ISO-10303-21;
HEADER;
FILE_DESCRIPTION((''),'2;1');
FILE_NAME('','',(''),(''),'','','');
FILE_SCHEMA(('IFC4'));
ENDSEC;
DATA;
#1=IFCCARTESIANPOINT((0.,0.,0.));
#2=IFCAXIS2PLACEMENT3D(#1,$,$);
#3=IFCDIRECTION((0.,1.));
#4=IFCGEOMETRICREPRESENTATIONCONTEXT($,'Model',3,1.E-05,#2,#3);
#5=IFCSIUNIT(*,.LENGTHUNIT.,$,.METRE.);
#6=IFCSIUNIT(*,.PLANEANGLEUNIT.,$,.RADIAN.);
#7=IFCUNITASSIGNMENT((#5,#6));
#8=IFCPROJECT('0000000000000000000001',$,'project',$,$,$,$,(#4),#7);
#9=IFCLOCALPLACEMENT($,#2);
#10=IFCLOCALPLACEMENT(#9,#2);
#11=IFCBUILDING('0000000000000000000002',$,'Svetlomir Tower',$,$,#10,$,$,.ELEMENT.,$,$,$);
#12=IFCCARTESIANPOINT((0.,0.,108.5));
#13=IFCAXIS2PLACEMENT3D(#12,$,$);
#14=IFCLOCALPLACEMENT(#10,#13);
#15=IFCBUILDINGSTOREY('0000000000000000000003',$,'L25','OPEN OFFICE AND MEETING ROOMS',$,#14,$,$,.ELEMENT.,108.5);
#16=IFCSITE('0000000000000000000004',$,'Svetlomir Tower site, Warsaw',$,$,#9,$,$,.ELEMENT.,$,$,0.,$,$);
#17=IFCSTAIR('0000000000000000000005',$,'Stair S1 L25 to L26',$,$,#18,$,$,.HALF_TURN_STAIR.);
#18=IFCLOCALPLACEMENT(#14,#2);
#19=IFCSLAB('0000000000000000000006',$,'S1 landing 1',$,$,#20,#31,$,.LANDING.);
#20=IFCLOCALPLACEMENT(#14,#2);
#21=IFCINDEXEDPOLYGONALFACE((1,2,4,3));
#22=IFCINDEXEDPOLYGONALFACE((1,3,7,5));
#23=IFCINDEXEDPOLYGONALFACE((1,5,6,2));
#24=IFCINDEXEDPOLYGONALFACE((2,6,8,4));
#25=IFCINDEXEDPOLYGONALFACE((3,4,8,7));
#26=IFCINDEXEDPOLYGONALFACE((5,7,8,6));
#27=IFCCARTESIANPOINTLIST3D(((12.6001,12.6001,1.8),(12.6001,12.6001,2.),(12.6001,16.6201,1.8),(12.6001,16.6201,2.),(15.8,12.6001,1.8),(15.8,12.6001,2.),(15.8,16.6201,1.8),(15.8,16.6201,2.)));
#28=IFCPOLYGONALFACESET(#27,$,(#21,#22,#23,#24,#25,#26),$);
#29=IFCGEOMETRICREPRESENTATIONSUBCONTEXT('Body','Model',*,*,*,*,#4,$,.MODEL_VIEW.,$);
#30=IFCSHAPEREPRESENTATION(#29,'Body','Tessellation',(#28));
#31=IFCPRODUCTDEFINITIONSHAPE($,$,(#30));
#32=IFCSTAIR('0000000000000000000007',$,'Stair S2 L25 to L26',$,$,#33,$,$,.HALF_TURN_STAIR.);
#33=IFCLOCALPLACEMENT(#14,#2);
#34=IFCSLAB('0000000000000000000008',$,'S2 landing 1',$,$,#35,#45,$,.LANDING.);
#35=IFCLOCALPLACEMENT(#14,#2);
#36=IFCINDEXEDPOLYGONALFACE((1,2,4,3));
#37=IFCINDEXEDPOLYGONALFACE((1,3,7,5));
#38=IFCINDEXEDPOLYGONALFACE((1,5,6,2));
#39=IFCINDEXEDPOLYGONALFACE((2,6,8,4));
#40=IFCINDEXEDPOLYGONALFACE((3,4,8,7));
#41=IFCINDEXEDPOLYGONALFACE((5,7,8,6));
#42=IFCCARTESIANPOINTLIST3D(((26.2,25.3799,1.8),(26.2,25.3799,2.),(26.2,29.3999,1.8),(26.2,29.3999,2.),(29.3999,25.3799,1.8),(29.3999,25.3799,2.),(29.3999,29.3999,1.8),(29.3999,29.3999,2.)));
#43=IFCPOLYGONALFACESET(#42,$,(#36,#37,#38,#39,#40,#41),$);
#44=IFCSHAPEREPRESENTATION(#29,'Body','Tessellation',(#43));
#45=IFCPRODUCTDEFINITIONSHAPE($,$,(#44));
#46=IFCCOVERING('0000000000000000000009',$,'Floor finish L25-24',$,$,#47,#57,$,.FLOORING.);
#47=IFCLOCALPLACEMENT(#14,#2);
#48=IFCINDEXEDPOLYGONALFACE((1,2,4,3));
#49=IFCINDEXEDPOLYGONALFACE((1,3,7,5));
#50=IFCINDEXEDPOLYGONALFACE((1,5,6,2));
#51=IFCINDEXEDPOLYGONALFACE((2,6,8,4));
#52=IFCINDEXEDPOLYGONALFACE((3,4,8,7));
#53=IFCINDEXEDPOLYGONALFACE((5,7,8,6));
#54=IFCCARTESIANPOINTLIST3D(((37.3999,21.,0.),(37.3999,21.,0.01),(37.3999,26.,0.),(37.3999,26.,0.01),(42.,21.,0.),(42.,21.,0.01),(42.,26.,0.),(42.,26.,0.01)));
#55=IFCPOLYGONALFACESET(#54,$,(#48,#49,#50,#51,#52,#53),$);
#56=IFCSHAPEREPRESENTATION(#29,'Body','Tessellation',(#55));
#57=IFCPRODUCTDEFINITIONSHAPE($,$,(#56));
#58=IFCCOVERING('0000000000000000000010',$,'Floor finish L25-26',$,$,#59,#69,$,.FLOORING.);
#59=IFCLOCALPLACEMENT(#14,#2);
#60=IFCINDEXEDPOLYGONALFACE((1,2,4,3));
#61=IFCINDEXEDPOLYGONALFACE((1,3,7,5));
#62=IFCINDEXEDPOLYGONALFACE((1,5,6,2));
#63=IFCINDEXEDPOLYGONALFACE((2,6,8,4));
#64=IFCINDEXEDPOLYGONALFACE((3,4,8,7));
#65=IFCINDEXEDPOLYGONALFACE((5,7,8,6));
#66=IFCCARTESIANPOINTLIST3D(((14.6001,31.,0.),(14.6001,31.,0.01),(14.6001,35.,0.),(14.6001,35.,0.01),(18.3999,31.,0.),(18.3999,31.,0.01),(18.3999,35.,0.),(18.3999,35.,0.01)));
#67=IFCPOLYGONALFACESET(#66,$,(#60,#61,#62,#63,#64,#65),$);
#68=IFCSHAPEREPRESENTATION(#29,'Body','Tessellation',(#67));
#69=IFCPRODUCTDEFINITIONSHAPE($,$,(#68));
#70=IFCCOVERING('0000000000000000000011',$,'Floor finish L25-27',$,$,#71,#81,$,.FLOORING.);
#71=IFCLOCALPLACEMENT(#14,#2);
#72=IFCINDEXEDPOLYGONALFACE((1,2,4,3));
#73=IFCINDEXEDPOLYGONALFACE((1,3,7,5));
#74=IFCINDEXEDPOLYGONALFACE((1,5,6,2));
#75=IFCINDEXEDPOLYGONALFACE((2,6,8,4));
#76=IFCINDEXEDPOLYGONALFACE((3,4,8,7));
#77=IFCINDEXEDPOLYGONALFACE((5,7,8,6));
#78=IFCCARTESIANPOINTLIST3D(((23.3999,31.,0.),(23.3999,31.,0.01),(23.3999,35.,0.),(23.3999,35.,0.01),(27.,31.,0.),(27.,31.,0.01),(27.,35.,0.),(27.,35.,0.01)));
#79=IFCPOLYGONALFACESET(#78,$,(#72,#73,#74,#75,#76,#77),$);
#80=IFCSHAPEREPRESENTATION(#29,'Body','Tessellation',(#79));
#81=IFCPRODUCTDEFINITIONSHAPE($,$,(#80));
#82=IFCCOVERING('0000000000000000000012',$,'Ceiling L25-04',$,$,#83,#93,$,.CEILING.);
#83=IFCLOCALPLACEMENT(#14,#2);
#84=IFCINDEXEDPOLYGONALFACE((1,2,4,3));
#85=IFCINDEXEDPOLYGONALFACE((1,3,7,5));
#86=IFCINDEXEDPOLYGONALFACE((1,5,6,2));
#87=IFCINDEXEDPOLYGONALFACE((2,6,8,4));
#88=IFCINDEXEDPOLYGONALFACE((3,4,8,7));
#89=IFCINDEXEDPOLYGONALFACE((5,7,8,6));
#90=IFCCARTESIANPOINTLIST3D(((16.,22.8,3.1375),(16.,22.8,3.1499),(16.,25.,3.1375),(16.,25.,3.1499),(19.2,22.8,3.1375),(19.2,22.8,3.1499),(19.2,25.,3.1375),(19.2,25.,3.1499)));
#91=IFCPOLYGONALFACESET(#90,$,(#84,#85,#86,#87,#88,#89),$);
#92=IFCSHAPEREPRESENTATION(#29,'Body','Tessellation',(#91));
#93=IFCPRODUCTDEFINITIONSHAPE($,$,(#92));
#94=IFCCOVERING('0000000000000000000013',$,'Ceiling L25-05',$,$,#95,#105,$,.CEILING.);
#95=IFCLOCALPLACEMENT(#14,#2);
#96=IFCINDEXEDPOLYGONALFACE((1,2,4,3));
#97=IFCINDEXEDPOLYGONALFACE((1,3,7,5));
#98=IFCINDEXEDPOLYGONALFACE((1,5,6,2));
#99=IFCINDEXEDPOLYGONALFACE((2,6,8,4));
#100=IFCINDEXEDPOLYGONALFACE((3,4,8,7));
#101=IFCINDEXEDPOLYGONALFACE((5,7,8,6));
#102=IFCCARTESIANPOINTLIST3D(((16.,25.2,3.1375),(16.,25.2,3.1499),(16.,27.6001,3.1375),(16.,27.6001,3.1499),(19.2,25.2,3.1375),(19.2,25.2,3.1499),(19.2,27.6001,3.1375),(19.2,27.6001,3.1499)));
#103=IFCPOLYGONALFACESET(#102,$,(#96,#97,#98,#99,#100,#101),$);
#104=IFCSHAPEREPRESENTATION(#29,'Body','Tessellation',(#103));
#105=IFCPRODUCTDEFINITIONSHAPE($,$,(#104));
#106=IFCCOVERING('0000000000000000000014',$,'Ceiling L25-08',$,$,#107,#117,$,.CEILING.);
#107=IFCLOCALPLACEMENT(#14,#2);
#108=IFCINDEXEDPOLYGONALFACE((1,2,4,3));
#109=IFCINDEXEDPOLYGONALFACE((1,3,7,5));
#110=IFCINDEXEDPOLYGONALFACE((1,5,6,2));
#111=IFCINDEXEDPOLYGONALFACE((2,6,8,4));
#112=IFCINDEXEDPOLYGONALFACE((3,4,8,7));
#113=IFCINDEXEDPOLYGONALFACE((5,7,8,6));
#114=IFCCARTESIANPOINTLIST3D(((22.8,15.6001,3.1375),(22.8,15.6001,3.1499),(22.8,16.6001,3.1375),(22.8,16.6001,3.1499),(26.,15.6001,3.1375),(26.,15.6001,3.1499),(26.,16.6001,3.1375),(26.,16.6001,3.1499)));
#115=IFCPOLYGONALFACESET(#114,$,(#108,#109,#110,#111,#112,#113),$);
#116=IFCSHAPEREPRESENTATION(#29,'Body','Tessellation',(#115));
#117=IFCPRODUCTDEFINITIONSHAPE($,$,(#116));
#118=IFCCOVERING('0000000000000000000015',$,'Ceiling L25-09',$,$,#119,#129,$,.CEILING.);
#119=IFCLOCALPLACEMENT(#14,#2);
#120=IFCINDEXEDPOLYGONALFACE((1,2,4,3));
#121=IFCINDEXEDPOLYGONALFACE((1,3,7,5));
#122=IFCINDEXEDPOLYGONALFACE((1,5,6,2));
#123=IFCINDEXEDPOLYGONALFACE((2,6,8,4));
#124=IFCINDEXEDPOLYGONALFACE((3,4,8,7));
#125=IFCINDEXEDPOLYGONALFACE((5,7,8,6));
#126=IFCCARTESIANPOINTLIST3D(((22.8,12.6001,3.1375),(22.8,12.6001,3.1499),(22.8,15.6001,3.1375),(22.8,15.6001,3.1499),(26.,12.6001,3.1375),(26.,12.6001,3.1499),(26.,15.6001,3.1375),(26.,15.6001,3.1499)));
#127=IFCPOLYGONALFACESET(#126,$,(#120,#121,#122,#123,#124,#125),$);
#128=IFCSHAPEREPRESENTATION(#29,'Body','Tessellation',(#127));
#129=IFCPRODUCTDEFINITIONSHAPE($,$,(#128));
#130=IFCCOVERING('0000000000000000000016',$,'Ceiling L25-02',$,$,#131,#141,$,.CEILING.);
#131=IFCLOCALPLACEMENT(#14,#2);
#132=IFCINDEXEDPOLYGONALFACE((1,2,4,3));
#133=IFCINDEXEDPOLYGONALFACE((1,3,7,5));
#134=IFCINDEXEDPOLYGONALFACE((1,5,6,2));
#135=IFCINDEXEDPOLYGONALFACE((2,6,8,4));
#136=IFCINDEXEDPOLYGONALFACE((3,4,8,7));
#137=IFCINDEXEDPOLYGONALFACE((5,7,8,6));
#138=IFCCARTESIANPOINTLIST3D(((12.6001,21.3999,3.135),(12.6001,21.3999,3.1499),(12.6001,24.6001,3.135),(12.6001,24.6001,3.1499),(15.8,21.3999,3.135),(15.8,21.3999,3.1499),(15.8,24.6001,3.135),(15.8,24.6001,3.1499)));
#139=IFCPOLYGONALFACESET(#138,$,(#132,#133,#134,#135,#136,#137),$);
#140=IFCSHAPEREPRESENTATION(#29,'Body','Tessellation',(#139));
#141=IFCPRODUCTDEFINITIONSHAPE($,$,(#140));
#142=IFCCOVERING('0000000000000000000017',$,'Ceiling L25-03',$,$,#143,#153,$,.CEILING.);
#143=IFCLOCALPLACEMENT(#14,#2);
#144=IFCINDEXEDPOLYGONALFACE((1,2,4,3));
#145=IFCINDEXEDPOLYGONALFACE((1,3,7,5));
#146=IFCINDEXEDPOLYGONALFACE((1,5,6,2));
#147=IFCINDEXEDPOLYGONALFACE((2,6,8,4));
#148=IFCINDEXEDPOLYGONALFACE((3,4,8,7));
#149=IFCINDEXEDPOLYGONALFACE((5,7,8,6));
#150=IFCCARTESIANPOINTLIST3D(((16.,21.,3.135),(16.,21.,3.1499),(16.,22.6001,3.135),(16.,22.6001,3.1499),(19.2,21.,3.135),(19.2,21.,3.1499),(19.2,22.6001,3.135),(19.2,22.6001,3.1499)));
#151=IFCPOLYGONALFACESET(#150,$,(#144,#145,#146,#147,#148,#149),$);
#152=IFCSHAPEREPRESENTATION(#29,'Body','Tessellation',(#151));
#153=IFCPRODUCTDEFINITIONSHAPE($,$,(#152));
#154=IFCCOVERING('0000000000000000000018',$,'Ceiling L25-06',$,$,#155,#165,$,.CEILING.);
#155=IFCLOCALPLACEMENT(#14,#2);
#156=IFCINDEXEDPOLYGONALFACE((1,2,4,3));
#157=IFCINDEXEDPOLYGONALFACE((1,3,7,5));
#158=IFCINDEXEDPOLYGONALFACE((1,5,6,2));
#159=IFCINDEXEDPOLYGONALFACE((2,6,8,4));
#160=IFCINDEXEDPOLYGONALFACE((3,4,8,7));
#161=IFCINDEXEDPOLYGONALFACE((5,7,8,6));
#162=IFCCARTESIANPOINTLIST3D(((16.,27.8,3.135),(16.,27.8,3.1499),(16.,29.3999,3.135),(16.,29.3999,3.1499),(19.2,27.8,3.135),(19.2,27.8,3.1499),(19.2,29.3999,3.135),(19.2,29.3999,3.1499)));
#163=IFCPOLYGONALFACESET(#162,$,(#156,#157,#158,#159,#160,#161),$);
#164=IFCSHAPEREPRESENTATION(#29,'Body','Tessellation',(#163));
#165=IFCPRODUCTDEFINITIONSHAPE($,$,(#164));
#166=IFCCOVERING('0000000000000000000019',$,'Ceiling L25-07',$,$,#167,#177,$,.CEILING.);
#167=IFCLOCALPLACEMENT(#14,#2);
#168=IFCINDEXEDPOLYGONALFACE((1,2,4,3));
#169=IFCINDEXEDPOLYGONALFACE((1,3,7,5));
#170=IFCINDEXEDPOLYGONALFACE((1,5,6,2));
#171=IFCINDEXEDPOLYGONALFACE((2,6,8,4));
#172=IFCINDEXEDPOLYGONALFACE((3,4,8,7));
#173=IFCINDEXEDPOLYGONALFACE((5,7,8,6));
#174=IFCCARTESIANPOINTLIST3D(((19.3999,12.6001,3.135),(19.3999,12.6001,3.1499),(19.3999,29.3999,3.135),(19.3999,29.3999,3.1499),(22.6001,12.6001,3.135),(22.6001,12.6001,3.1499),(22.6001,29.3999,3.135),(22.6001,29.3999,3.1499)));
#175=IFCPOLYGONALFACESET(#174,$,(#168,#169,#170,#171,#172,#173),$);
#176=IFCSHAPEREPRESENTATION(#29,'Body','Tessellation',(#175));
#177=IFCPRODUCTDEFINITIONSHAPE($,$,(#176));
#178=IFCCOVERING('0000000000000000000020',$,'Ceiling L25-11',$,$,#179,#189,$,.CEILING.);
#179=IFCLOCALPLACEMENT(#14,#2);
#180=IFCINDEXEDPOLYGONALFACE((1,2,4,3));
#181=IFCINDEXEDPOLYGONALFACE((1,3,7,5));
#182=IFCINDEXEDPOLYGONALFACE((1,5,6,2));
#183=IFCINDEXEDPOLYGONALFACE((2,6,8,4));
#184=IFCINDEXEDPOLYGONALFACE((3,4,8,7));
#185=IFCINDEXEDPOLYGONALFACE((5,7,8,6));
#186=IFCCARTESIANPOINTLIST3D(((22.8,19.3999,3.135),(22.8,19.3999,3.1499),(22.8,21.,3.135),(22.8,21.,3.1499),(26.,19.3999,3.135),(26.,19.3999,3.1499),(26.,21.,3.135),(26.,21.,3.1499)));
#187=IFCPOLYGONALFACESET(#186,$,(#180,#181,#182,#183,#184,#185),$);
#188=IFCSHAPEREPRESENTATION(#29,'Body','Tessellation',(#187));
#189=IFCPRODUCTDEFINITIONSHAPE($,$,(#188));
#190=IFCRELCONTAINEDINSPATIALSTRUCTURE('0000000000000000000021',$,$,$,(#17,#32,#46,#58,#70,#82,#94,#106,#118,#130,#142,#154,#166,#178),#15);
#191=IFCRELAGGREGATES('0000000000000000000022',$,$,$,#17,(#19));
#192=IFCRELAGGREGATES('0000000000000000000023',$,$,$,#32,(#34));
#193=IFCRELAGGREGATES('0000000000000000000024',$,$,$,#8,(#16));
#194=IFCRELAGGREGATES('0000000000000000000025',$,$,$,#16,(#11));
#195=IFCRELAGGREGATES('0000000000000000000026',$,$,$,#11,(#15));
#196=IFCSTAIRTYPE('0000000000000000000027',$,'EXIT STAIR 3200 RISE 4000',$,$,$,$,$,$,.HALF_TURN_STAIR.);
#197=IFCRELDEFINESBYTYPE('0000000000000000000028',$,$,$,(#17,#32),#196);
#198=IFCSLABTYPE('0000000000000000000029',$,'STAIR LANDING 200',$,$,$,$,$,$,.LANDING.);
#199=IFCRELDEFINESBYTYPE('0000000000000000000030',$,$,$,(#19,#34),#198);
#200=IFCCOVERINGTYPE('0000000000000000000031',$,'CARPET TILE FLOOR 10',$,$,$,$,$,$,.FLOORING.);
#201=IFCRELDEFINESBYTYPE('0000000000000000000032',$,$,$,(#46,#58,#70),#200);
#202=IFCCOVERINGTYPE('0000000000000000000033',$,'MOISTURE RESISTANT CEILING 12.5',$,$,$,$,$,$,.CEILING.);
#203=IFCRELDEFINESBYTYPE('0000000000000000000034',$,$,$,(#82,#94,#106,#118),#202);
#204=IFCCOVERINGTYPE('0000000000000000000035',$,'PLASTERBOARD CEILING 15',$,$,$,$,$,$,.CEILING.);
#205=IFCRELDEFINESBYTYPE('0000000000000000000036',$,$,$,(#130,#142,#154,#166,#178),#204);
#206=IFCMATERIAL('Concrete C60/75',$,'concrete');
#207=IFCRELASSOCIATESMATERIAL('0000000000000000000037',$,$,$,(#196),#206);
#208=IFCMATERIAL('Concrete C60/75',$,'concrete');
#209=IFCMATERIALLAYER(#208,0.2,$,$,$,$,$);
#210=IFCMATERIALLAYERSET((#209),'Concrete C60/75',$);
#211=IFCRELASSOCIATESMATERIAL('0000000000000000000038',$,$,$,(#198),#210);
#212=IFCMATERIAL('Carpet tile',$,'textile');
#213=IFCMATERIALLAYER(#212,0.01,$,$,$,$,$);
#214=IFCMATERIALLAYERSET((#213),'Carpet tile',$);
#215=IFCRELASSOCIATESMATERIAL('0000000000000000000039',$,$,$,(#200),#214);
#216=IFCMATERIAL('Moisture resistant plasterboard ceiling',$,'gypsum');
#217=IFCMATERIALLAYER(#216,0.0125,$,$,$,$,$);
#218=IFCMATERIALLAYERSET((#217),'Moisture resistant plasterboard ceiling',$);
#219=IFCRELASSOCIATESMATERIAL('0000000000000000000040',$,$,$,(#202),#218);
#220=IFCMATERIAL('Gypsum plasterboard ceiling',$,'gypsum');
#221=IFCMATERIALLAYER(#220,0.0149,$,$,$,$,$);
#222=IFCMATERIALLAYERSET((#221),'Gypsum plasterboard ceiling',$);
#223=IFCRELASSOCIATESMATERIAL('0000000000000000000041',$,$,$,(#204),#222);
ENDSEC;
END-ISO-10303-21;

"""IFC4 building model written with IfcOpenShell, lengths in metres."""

from ifc_helpers import new_model, si_unit, direction, frame, origin, place, context, subcontext, project, spatial, polyline, outline, extrude, material, layer, layer_set, type_object, element, aggregate, save


model = new_model("IFC4")

# Units and contexts
model_context = context("Model", 3, precision=1e-05, world=origin(), true_north=direction((0.0, 1.0)))
body_context = subcontext(model_context, "Body", "Model", "MODEL_VIEW")
ifc_project = project(units=[si_unit("LENGTHUNIT", "METRE"), si_unit("PLANEANGLEUNIT", "RADIAN")], contexts=[model_context])

# Site, building, storey
site_placement = place(None, origin())
site = spatial("IfcSite", under=ifc_project, at=site_placement, Name="Svetlomir Tower site, Warsaw", CompositionType="ELEMENT", RefElevation=0.0)
building_placement = place(site_placement, origin())
building = spatial("IfcBuilding", under=site, at=building_placement, Name="Svetlomir Tower", CompositionType="ELEMENT")
storey_placement = place(building_placement, frame((0.0, 0.0, 108.5)))
storey = spatial("IfcBuildingStorey", under=building, at=storey_placement, Name="L25", Description="OPEN OFFICE AND MEETING ROOMS", CompositionType="ELEMENT", Elevation=108.5)

# Stairs, slabs
ifc_material_1 = material(Name="Concrete C60/75", Category="concrete")
stair_type = type_object("IfcStairType", Name="EXIT STAIR 3200 RISE 4000", PredefinedType="HALF_TURN_STAIR", material=ifc_material_1)
stair_1_placement = place(storey_placement, origin())
stair_1 = element("IfcStair", 1, at=stair_1_placement, inside=storey, type_object=stair_type, Name="Stair S1 L25 to L26", PredefinedType="HALF_TURN_STAIR")
ifc_material_2 = material(Name="Concrete C60/75", Category="concrete")
ifc_layer_1 = layer(ifc_material_2, 0.2)
ifc_layer_set_1 = layer_set([ifc_layer_1], Name="Concrete C60/75")
slab_type = type_object("IfcSlabType", Name="STAIR LANDING 200", PredefinedType="LANDING", material=ifc_layer_set_1)
slab_1_placement = place(storey_placement, frame((0.0, 0.0, 1.8)))
slab_1 = element("IfcSlab", 2, at=slab_1_placement, type_object=slab_type, Name="S1 landing 1", PredefinedType="LANDING", context=body_context, shape_type="SweptSolid", body=[
    extrude(outline(polyline([(12.6001, 12.6001), (15.8, 12.6001), (15.8, 16.6201), (12.6001, 16.6201), (12.6001, 12.6001)])), origin(), (0.0, 0.0, 1.0), 0.2),
])
aggregate(stair_1, [slab_1])
stair_2_placement = place(storey_placement, origin())
stair_2 = element("IfcStair", 3, at=stair_2_placement, inside=storey, type_object=stair_type, Name="Stair S2 L25 to L26", PredefinedType="HALF_TURN_STAIR")
slab_2_placement = place(storey_placement, frame((0.0, 0.0, 1.8)))
slab_2 = element("IfcSlab", 4, at=slab_2_placement, type_object=slab_type, Name="S2 landing 1", PredefinedType="LANDING", context=body_context, shape_type="SweptSolid", body=[
    extrude(outline(polyline([(26.2, 25.3799), (29.3999, 25.3799), (29.3999, 29.3999), (26.2, 29.3999), (26.2, 25.3799)])), origin(), (0.0, 0.0, 1.0), 0.2),
])
aggregate(stair_2, [slab_2])

# Coverings
ifc_material_3 = material(Name="Carpet tile", Category="textile")
ifc_layer_2 = layer(ifc_material_3, 0.01)
ifc_layer_set_2 = layer_set([ifc_layer_2], Name="Carpet tile")
covering_type_1 = type_object("IfcCoveringType", Name="CARPET TILE FLOOR 10", PredefinedType="FLOORING", material=ifc_layer_set_2)
covering_1_placement = place(storey_placement, origin())
element("IfcCovering", 5, at=covering_1_placement, inside=storey, type_object=covering_type_1, Name="Floor finish L25-24", PredefinedType="FLOORING", context=body_context, shape_type="SweptSolid", body=[
    extrude(outline(polyline([(37.3999, 21.0), (42.0, 21.0), (42.0, 26.0), (37.3999, 26.0), (37.3999, 21.0)])), origin(), (0.0, 0.0, 1.0), 0.01),
])
covering_2_placement = place(storey_placement, origin())
element("IfcCovering", 6, at=covering_2_placement, inside=storey, type_object=covering_type_1, Name="Floor finish L25-26", PredefinedType="FLOORING", context=body_context, shape_type="SweptSolid", body=[
    extrude(outline(polyline([(14.6001, 31.0), (18.3999, 31.0), (18.3999, 35.0), (14.6001, 35.0), (14.6001, 31.0)])), origin(), (0.0, 0.0, 1.0), 0.01),
])
covering_3_placement = place(storey_placement, origin())
element("IfcCovering", 7, at=covering_3_placement, inside=storey, type_object=covering_type_1, Name="Floor finish L25-27", PredefinedType="FLOORING", context=body_context, shape_type="SweptSolid", body=[
    extrude(outline(polyline([(23.3999, 31.0), (27.0, 31.0), (27.0, 35.0), (23.3999, 35.0), (23.3999, 31.0)])), origin(), (0.0, 0.0, 1.0), 0.01),
])
ifc_material_4 = material(Name="Moisture resistant plasterboard ceiling", Category="gypsum")
ifc_layer_3 = layer(ifc_material_4, 0.0125)
ifc_layer_set_3 = layer_set([ifc_layer_3], Name="Moisture resistant plasterboard ceiling")
covering_type_2 = type_object("IfcCoveringType", Name="MOISTURE RESISTANT CEILING 12.5", PredefinedType="CEILING", material=ifc_layer_set_3)
covering_4_placement = place(storey_placement, frame((0.0, 0.0, 3.1375)))
element("IfcCovering", 8, at=covering_4_placement, inside=storey, type_object=covering_type_2, Name="Ceiling L25-04", PredefinedType="CEILING", context=body_context, shape_type="SweptSolid", body=[
    extrude(outline(polyline([(16.0, 22.8), (19.2, 22.8), (19.2, 25.0), (16.0, 25.0), (16.0, 22.8)])), origin(), (0.0, 0.0, 1.0), 0.0125),
])
covering_5_placement = place(storey_placement, frame((0.0, 0.0, 3.1375)))
element("IfcCovering", 9, at=covering_5_placement, inside=storey, type_object=covering_type_2, Name="Ceiling L25-05", PredefinedType="CEILING", context=body_context, shape_type="SweptSolid", body=[
    extrude(outline(polyline([(16.0, 25.2), (19.2, 25.2), (19.2, 27.6001), (16.0, 27.6001), (16.0, 25.2)])), origin(), (0.0, 0.0, 1.0), 0.0125),
])
covering_6_placement = place(storey_placement, frame((0.0, 0.0, 3.1375)))
element("IfcCovering", 10, at=covering_6_placement, inside=storey, type_object=covering_type_2, Name="Ceiling L25-08", PredefinedType="CEILING", context=body_context, shape_type="SweptSolid", body=[
    extrude(outline(polyline([(22.8, 15.6001), (26.0, 15.6001), (26.0, 16.6001), (22.8, 16.6001), (22.8, 15.6001)])), origin(), (0.0, 0.0, 1.0), 0.0125),
])
covering_7_placement = place(storey_placement, frame((0.0, 0.0, 3.1375)))
element("IfcCovering", 11, at=covering_7_placement, inside=storey, type_object=covering_type_2, Name="Ceiling L25-09", PredefinedType="CEILING", context=body_context, shape_type="SweptSolid", body=[
    extrude(outline(polyline([(22.8, 12.6001), (26.0, 12.6001), (26.0, 15.6001), (22.8, 15.6001), (22.8, 12.6001)])), origin(), (0.0, 0.0, 1.0), 0.0125),
])
ifc_material_5 = material(Name="Gypsum plasterboard ceiling", Category="gypsum")
ifc_layer_4 = layer(ifc_material_5, 0.0149)
ifc_layer_set_4 = layer_set([ifc_layer_4], Name="Gypsum plasterboard ceiling")
covering_type_3 = type_object("IfcCoveringType", Name="PLASTERBOARD CEILING 15", PredefinedType="CEILING", material=ifc_layer_set_4)
covering_8_placement = place(storey_placement, frame((0.0, 0.0, 3.135)))
element("IfcCovering", 12, at=covering_8_placement, inside=storey, type_object=covering_type_3, Name="Ceiling L25-02", PredefinedType="CEILING", context=body_context, shape_type="SweptSolid", body=[
    extrude(outline(polyline([(12.6001, 21.3999), (15.8, 21.3999), (15.8, 24.6001), (12.6001, 24.6001), (12.6001, 21.3999)])), origin(), (0.0, 0.0, 1.0), 0.0149),
])
covering_9_placement = place(storey_placement, frame((0.0, 0.0, 3.135)))
element("IfcCovering", 13, at=covering_9_placement, inside=storey, type_object=covering_type_3, Name="Ceiling L25-03", PredefinedType="CEILING", context=body_context, shape_type="SweptSolid", body=[
    extrude(outline(polyline([(16.0, 21.0), (19.2, 21.0), (19.2, 22.6001), (16.0, 22.6001), (16.0, 21.0)])), origin(), (0.0, 0.0, 1.0), 0.0149),
])
covering_10_placement = place(storey_placement, frame((0.0, 0.0, 3.135)))
element("IfcCovering", 14, at=covering_10_placement, inside=storey, type_object=covering_type_3, Name="Ceiling L25-06", PredefinedType="CEILING", context=body_context, shape_type="SweptSolid", body=[
    extrude(outline(polyline([(16.0, 27.8), (19.2, 27.8), (19.2, 29.3999), (16.0, 29.3999), (16.0, 27.8)])), origin(), (0.0, 0.0, 1.0), 0.0149),
])
covering_11_placement = place(storey_placement, frame((0.0, 0.0, 3.135)))
element("IfcCovering", 15, at=covering_11_placement, inside=storey, type_object=covering_type_3, Name="Ceiling L25-07", PredefinedType="CEILING", context=body_context, shape_type="SweptSolid", body=[
    extrude(outline(polyline([(19.3999, 12.6001), (22.6001, 12.6001), (22.6001, 29.3999), (19.3999, 29.3999), (19.3999, 12.6001)])), origin(), (0.0, 0.0, 1.0), 0.0149),
])
covering_12_placement = place(storey_placement, frame((0.0, 0.0, 3.135)))
element("IfcCovering", 16, at=covering_12_placement, inside=storey, type_object=covering_type_3, Name="Ceiling L25-11", PredefinedType="CEILING", context=body_context, shape_type="SweptSolid", body=[
    extrude(outline(polyline([(22.8, 19.3999), (26.0, 19.3999), (26.0, 21.0), (22.8, 21.0), (22.8, 19.3999)])), origin(), (0.0, 0.0, 1.0), 0.0149),
])

save(model, "model.ifc")
